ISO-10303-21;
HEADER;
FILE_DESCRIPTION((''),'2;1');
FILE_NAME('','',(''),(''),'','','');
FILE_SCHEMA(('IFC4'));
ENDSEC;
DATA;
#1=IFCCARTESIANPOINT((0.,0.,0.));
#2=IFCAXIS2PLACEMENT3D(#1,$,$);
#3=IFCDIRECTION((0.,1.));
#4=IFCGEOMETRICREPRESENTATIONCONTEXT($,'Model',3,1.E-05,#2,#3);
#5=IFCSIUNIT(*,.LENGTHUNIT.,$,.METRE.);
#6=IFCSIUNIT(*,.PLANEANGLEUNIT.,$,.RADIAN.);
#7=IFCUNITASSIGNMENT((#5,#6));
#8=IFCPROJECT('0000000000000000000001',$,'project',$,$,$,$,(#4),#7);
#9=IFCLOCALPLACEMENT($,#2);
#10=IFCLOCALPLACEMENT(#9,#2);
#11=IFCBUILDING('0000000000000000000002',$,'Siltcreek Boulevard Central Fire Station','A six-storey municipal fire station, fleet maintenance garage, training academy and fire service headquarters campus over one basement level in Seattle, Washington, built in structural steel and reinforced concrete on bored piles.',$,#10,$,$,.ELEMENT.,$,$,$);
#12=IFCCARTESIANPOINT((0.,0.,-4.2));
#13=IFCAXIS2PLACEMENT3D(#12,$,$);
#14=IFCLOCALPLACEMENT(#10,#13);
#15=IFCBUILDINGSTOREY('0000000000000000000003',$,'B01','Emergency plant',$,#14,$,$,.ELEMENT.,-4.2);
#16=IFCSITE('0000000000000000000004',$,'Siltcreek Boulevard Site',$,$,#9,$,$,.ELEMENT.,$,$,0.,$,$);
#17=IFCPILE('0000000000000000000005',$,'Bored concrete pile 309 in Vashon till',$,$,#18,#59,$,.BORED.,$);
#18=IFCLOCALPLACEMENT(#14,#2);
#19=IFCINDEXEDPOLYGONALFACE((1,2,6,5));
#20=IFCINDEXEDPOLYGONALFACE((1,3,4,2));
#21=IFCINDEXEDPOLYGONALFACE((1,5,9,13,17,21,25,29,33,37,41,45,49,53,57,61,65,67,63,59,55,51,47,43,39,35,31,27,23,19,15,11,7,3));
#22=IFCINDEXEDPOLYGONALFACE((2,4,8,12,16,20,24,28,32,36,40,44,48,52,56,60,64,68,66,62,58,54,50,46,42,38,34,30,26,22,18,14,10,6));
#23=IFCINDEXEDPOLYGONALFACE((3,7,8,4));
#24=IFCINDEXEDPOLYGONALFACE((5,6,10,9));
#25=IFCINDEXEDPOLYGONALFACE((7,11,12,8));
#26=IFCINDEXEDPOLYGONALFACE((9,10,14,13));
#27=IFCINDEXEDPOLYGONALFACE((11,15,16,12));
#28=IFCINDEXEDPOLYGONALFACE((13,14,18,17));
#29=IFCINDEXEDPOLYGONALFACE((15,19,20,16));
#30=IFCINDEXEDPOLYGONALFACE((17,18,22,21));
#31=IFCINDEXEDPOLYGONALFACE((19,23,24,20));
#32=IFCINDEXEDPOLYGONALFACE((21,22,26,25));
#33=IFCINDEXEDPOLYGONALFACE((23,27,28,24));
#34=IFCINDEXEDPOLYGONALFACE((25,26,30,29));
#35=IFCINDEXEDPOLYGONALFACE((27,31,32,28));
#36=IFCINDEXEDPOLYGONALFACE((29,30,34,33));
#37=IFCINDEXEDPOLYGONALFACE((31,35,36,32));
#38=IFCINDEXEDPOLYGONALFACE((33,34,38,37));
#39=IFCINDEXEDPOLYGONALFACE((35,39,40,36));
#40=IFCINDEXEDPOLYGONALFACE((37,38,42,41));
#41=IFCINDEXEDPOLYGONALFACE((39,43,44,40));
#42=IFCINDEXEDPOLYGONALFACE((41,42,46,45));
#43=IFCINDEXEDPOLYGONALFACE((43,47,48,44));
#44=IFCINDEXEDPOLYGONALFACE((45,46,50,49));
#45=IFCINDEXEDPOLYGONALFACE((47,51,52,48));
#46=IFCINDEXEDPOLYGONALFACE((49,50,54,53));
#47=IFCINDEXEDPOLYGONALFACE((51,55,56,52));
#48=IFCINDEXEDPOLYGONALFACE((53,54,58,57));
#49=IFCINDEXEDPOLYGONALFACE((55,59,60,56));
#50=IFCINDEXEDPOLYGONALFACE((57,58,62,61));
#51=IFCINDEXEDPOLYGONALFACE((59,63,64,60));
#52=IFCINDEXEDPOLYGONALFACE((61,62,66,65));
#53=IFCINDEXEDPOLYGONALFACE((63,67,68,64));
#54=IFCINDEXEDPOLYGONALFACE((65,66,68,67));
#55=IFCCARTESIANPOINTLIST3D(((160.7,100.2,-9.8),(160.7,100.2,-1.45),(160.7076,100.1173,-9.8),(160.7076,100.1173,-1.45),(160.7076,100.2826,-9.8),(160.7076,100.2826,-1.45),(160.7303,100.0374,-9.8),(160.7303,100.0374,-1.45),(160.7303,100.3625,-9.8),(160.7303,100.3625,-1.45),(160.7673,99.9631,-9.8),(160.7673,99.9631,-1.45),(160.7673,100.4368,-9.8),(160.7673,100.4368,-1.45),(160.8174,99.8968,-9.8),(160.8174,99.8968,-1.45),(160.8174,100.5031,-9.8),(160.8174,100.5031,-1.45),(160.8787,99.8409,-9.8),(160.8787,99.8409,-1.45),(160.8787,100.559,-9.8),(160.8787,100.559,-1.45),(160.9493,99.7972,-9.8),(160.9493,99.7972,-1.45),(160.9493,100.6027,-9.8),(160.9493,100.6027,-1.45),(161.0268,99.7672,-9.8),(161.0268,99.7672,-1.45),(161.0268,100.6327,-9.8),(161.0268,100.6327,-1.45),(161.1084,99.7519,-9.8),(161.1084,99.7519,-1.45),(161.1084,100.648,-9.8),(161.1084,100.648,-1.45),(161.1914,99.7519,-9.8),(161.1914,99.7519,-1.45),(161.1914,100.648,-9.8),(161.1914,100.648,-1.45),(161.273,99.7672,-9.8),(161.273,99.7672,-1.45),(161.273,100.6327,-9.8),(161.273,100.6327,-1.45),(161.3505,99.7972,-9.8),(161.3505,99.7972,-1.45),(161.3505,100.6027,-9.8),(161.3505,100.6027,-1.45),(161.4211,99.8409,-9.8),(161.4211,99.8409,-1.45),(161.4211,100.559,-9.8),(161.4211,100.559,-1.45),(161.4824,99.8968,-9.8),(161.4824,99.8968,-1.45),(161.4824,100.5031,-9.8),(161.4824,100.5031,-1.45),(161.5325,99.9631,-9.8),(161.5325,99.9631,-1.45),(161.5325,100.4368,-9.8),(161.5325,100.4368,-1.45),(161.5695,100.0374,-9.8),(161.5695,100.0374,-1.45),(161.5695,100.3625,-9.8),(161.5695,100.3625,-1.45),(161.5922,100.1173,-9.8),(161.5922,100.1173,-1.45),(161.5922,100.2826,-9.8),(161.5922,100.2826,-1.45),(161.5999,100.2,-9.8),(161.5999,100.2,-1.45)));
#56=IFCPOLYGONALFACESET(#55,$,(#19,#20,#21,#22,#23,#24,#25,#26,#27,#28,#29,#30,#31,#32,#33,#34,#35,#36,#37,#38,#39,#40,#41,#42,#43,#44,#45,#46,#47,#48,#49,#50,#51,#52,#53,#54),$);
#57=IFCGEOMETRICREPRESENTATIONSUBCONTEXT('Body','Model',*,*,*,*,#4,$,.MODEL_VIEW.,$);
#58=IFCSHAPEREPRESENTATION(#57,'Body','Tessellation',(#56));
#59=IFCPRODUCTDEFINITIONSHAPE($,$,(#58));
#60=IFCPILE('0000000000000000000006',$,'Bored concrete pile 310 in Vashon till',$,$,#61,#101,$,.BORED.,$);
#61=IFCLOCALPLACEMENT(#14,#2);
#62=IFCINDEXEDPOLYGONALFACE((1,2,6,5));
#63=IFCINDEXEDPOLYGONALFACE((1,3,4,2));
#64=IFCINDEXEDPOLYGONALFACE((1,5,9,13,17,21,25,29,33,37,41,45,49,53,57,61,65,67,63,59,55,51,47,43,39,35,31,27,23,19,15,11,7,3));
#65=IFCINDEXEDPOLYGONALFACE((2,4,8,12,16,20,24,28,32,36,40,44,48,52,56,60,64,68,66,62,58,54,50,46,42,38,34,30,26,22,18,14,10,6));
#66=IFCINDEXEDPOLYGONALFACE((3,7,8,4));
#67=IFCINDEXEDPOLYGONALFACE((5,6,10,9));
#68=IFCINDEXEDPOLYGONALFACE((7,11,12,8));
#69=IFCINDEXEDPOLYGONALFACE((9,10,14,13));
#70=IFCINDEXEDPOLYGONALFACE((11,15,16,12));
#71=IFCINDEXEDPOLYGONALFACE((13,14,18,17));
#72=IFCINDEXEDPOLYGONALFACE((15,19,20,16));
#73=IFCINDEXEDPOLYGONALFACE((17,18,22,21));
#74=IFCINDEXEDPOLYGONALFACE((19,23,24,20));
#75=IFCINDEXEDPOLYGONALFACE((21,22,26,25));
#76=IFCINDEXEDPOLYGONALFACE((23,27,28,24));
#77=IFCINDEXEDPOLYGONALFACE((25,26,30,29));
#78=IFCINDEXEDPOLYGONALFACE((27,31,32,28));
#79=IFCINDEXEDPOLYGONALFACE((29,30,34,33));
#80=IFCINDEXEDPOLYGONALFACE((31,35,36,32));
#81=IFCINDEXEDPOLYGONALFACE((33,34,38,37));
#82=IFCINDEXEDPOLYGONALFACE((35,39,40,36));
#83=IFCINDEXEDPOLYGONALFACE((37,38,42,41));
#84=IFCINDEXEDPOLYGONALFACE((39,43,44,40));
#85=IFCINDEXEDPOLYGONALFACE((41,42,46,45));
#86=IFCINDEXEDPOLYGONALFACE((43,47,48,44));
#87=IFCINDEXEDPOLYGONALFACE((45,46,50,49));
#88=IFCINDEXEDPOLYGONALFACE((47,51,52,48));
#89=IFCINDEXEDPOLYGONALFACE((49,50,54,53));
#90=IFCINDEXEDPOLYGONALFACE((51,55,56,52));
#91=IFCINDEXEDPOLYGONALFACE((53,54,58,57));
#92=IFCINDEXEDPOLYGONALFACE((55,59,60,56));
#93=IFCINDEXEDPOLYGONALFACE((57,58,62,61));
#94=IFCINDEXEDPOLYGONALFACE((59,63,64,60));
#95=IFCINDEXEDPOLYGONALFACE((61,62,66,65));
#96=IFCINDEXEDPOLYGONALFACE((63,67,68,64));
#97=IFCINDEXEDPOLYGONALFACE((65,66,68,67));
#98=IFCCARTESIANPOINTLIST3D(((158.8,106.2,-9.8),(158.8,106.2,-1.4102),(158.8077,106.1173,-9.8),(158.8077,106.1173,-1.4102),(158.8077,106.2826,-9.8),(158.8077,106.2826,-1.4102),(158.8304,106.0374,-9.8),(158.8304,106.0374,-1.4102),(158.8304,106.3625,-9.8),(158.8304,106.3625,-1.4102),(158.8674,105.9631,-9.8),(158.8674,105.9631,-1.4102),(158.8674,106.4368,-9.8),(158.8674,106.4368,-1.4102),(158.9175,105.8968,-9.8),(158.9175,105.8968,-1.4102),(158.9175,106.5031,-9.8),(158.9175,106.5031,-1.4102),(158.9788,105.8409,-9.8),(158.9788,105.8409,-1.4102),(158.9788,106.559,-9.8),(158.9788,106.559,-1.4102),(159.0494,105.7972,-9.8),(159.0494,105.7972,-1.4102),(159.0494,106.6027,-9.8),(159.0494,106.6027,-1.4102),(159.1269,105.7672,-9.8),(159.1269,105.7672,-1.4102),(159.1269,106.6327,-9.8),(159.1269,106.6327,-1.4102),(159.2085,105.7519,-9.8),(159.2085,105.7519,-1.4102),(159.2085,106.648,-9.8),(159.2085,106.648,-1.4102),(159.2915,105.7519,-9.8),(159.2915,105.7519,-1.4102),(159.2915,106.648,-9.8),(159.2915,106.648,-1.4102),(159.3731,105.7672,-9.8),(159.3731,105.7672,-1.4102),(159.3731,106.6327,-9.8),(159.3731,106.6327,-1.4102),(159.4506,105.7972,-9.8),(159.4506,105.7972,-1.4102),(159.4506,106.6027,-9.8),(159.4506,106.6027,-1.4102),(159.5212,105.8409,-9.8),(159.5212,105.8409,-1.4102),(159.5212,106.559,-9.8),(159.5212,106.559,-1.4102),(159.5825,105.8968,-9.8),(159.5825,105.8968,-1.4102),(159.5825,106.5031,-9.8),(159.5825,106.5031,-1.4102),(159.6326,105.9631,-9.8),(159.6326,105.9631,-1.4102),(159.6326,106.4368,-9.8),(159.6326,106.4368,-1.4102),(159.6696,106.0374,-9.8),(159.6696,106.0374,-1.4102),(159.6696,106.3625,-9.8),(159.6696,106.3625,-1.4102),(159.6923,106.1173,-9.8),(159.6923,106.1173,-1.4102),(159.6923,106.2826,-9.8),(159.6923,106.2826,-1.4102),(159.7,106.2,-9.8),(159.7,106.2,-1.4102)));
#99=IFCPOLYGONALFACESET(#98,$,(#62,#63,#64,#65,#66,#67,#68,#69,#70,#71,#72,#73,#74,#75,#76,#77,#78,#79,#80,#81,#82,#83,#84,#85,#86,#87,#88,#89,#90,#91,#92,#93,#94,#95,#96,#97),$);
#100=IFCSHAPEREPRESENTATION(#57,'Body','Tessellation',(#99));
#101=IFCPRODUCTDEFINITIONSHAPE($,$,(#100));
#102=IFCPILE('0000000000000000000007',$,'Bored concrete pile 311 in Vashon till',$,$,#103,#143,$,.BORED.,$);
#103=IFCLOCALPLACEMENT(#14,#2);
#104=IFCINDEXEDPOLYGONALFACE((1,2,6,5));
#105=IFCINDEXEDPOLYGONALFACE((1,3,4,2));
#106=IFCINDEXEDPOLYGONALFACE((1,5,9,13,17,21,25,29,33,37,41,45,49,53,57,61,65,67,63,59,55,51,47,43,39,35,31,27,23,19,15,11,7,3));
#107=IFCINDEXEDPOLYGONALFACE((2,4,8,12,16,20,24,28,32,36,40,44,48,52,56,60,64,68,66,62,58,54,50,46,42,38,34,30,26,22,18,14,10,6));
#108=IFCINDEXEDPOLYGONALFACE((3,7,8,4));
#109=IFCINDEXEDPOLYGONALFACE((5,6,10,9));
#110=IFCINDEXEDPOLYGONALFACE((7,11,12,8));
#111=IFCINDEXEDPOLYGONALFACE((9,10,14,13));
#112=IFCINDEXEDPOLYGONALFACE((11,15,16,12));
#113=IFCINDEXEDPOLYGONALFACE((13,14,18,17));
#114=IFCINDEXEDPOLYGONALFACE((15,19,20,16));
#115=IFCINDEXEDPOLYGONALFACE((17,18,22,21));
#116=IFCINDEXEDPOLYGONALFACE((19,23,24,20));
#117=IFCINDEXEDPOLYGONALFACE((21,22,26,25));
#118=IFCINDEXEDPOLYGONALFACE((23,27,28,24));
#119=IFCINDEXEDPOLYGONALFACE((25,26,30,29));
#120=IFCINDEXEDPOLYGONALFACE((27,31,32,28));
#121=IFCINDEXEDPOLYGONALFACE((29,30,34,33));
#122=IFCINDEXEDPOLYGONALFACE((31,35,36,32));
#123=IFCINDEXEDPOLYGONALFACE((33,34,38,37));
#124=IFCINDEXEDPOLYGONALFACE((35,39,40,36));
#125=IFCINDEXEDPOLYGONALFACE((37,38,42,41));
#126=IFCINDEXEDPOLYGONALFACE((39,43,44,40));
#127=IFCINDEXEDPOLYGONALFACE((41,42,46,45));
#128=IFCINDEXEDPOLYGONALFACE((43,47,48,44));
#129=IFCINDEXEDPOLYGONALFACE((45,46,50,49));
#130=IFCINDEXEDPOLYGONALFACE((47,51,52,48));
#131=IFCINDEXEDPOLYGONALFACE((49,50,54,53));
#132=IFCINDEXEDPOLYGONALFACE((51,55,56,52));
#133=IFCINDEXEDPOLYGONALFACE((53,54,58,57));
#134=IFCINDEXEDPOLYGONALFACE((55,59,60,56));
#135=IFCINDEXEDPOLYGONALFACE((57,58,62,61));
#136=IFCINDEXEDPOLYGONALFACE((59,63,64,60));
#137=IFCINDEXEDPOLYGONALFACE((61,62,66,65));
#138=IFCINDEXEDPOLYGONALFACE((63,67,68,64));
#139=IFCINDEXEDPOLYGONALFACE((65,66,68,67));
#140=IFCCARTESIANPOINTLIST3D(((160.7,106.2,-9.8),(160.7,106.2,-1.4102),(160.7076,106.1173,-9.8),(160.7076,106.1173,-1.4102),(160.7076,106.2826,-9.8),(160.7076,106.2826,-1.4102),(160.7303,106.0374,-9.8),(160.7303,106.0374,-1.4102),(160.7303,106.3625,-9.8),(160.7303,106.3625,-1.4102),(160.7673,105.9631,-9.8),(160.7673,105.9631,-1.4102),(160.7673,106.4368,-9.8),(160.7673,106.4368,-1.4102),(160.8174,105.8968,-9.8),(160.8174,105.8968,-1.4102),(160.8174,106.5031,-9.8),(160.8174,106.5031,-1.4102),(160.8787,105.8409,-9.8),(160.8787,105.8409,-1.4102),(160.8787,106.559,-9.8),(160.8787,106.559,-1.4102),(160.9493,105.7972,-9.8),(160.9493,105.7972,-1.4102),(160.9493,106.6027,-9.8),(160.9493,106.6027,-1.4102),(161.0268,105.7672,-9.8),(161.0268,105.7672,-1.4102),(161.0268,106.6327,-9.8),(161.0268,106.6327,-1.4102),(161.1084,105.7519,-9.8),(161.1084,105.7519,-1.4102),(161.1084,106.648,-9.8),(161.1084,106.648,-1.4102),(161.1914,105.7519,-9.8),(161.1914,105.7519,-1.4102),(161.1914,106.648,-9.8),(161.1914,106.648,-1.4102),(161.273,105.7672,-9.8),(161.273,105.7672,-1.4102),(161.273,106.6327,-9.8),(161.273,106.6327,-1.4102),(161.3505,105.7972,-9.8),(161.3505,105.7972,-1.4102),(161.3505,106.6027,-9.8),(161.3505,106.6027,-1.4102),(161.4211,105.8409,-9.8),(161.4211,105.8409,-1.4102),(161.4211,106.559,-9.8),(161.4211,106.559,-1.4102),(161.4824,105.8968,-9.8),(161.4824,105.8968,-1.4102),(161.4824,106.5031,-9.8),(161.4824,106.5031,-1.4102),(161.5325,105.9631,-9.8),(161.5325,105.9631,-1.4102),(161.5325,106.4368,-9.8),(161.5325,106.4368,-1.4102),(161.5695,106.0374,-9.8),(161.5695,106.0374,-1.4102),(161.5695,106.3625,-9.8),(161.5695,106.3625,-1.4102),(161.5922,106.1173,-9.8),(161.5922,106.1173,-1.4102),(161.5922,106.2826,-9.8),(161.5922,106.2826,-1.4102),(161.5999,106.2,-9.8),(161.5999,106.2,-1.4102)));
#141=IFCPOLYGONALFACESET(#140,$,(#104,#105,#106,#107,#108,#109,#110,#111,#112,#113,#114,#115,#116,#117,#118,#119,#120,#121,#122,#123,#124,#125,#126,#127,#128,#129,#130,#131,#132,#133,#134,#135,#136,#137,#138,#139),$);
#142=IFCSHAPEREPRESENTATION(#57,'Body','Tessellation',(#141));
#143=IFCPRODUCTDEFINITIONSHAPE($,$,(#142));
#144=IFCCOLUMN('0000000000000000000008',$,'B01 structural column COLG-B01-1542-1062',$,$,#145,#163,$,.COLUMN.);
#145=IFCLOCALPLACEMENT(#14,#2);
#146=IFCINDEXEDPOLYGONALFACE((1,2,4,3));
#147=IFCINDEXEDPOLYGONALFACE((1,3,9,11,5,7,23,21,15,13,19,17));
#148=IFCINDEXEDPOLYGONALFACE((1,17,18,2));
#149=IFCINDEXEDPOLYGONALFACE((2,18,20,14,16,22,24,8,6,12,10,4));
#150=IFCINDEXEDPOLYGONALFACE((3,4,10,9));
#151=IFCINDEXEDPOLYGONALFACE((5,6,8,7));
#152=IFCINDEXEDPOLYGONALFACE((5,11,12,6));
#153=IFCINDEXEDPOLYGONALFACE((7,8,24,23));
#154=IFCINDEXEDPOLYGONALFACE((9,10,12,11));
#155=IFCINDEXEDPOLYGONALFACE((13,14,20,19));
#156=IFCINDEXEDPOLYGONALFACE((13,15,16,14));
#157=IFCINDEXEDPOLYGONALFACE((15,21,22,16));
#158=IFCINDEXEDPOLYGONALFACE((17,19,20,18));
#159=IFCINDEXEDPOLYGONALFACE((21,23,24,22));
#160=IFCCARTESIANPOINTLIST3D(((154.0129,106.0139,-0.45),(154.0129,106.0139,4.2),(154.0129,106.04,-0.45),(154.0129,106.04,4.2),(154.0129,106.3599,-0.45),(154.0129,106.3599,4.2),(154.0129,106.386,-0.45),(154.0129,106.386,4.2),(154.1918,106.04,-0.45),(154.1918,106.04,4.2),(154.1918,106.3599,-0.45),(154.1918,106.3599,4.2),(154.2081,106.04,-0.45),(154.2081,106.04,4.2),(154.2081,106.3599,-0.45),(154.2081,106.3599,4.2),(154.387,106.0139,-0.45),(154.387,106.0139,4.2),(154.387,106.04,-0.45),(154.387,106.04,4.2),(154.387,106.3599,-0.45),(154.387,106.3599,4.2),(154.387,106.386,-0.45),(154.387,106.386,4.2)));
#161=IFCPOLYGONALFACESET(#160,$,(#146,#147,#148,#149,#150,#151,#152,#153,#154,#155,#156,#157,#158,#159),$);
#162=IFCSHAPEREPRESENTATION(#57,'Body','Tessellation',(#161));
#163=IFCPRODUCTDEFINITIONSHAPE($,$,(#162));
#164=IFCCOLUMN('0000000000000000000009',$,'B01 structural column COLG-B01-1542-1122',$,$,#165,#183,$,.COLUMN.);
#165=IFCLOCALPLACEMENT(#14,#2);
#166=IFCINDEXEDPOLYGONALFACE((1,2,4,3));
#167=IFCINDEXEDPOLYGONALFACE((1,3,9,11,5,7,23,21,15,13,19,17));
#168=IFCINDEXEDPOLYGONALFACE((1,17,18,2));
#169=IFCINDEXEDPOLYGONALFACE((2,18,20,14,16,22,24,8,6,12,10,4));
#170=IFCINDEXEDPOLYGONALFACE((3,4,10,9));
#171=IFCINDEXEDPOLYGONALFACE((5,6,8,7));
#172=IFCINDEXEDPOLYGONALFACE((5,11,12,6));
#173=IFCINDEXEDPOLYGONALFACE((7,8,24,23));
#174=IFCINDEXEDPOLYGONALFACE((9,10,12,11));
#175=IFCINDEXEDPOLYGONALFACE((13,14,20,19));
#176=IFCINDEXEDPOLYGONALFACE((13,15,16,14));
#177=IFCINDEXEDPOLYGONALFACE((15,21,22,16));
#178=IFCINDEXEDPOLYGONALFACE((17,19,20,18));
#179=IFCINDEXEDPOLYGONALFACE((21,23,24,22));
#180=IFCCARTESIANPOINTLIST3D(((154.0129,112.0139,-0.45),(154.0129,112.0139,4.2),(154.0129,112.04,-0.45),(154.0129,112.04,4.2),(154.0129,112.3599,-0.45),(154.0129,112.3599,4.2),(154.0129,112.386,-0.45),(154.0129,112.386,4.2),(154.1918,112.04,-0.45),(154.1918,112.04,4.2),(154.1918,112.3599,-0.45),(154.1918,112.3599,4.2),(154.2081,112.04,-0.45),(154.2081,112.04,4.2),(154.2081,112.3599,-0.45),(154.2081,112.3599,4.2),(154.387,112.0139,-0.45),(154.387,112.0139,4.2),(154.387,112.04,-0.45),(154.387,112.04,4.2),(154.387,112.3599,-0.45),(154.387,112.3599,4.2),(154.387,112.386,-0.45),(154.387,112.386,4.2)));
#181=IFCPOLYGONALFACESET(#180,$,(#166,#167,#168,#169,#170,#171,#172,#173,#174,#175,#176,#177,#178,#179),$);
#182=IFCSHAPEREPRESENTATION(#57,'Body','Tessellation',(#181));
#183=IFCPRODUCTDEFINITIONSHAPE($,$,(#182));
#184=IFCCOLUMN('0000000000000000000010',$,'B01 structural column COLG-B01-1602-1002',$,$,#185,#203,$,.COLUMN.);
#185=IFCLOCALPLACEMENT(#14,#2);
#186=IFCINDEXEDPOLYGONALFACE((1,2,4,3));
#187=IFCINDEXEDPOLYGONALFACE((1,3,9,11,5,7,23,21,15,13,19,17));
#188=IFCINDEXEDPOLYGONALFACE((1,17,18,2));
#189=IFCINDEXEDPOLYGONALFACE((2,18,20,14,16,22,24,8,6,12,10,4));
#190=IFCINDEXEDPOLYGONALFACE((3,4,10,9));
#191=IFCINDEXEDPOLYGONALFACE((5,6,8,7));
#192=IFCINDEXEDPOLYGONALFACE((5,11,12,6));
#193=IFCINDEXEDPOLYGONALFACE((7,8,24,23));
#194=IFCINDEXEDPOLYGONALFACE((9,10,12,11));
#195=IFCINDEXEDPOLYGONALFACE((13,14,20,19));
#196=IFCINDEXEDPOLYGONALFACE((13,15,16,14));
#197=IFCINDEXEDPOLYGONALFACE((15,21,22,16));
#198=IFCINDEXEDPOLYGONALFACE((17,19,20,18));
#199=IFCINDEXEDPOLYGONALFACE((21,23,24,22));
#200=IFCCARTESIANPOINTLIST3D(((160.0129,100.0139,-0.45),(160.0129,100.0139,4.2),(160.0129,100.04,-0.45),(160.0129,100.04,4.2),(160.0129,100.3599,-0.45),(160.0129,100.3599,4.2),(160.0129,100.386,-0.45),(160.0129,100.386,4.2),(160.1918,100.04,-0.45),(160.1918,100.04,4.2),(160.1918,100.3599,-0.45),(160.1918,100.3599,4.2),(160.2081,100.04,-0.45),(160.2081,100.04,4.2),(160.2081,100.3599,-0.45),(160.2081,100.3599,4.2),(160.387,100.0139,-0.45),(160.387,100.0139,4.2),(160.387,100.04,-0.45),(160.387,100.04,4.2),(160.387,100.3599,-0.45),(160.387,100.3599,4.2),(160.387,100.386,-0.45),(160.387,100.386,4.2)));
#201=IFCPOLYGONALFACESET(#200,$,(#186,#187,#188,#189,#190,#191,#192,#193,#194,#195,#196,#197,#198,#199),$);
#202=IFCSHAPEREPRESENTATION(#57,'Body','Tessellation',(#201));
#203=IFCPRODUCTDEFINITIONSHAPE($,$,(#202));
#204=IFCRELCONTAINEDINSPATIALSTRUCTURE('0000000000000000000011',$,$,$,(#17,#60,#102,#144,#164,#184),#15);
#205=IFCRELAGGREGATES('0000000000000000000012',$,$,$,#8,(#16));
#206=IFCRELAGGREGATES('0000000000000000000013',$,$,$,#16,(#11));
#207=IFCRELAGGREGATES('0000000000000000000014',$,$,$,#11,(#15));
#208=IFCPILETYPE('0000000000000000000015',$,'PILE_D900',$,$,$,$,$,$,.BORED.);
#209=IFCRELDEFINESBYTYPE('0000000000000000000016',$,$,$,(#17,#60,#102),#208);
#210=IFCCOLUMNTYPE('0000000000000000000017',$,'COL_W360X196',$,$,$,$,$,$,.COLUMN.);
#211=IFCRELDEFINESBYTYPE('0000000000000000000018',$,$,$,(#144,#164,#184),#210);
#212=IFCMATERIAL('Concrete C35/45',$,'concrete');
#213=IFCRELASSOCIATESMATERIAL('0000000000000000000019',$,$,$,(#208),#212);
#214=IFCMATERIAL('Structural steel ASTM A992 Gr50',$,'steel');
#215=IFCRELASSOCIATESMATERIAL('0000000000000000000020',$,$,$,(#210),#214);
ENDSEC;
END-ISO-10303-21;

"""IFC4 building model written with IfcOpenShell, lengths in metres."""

from ifc_helpers import new_model, si_unit, direction, frame, origin, origin_2d, place, context, subcontext, project, spatial, circle, i_section, extrude, material, material_profile, profile_set, type_object, element, save


model = new_model("IFC4")

# Units and contexts
model_context = context("Model", 3, precision=1e-05, world=origin(), true_north=direction((0.0, 1.0)))
body_context = subcontext(model_context, "Body", "Model", "MODEL_VIEW")
ifc_project = project(units=[si_unit("LENGTHUNIT", "METRE"), si_unit("PLANEANGLEUNIT", "RADIAN")], contexts=[model_context])

# Site, building, storey
site_placement = place(None, origin())
site = spatial("IfcSite", under=ifc_project, at=site_placement, Name="Siltcreek Boulevard Site", CompositionType="ELEMENT", RefElevation=0.0)
building_placement = place(site_placement, origin())
building = spatial("IfcBuilding", under=site, at=building_placement, Name="Siltcreek Boulevard Central Fire Station", Description="A six-storey municipal fire station, fleet maintenance garage, training academy and fire service headquarters campus over one basement level in Seattle, Washington, built in structural steel and reinforced concrete on bored piles.", CompositionType="ELEMENT")
storey_placement = place(building_placement, frame((0.0, 0.0, -4.2)))
storey = spatial("IfcBuildingStorey", under=building, at=storey_placement, Name="B01", Description="Emergency plant", CompositionType="ELEMENT", Elevation=-4.2)

# Shared definitions
ifc_material_1 = material(Name="Concrete C35/45", Category="concrete")

# Piles
ifc_material_profile_1 = material_profile(ifc_material_1, circle(Radius=0.45, at=origin_2d()), Name="SHAFT900")
ifc_profile_set_1 = profile_set([ifc_material_profile_1], Name="Concrete C35/45")
pile_type_1 = type_object("IfcPileType", Name="PILE_D900", PredefinedType="BORED", material=ifc_profile_set_1)
pile_1_placement = place(storey_placement, frame((161.1499, 100.2, -1.45), z_axis=(0.0, 0.0, -1.0), x_axis=(1.0, 0.0, 0.0)))
element("IfcPile", 1, at=pile_1_placement, inside=storey, type_object=pile_type_1, Name="Bored concrete pile 309 in Vashon till", PredefinedType="BORED", context=body_context, shape_type="SweptSolid", body=[
    extrude(circle(Radius=0.45, at=origin_2d()), origin(), (0.0, 0.0, 1.0), 8.3501),
])
for number, where, z_axis, x_axis, name in (
    (2, (159.25, 106.2, -1.4102), (0.0, 0.0, -1.0), (1.0, 0.0, 0.0), "Bored concrete pile 310 in Vashon till"),
    (3, (161.1499, 106.2, -1.4102), (0.0, 0.0, -1.0), (1.0, 0.0, 0.0), "Bored concrete pile 311 in Vashon till"),
):
    element("IfcPile", number, at=place(storey_placement, frame(where, z_axis=z_axis, x_axis=x_axis)), inside=storey, type_object=pile_type_1, Name=name, PredefinedType="BORED", context=body_context, shape_type="SweptSolid", body=[
        extrude(circle(Radius=0.45, at=origin_2d()), origin(), (0.0, 0.0, 1.0), 8.3899),
    ])

# Columns
ifc_material_2 = material(Name="Structural steel ASTM A992 Gr50", Category="steel")
ifc_material_profile_2 = material_profile(ifc_material_2, i_section(OverallWidth=0.374, OverallDepth=0.3721, WebThickness=0.0164, FlangeThickness=0.0261, at=origin_2d()), Name="W360X196")
ifc_profile_set_2 = profile_set([ifc_material_profile_2], Name="Structural steel ASTM A992 Gr50")
column_type = type_object("IfcColumnType", Name="COL_W360X196", PredefinedType="COLUMN", material=ifc_profile_set_2)
for number, where, z_axis, x_axis, name in (
    (4, (154.2, 106.2, -0.45), (0.0, 0.0, 1.0), (1.0, 0.0, 0.0), "B01 structural column COLG-B01-1542-1062"),
    (5, (154.2, 112.2, -0.45), (0.0, 0.0, 1.0), (1.0, 0.0, 0.0), "B01 structural column COLG-B01-1542-1122"),
    (6, (160.2, 100.2, -0.45), (0.0, 0.0, 1.0), (1.0, 0.0, 0.0), "B01 structural column COLG-B01-1602-1002"),
):
    element("IfcColumn", number, at=place(storey_placement, frame(where, z_axis=z_axis, x_axis=x_axis)), inside=storey, type_object=column_type, Name=name, PredefinedType="COLUMN", context=body_context, shape_type="SweptSolid", body=[
        extrude(i_section(OverallWidth=0.374, OverallDepth=0.3721, WebThickness=0.0164, FlangeThickness=0.0261, at=origin_2d()), origin(), (0.0, 0.0, 1.0), 4.6499),
    ])

save(model, "model.ifc")
